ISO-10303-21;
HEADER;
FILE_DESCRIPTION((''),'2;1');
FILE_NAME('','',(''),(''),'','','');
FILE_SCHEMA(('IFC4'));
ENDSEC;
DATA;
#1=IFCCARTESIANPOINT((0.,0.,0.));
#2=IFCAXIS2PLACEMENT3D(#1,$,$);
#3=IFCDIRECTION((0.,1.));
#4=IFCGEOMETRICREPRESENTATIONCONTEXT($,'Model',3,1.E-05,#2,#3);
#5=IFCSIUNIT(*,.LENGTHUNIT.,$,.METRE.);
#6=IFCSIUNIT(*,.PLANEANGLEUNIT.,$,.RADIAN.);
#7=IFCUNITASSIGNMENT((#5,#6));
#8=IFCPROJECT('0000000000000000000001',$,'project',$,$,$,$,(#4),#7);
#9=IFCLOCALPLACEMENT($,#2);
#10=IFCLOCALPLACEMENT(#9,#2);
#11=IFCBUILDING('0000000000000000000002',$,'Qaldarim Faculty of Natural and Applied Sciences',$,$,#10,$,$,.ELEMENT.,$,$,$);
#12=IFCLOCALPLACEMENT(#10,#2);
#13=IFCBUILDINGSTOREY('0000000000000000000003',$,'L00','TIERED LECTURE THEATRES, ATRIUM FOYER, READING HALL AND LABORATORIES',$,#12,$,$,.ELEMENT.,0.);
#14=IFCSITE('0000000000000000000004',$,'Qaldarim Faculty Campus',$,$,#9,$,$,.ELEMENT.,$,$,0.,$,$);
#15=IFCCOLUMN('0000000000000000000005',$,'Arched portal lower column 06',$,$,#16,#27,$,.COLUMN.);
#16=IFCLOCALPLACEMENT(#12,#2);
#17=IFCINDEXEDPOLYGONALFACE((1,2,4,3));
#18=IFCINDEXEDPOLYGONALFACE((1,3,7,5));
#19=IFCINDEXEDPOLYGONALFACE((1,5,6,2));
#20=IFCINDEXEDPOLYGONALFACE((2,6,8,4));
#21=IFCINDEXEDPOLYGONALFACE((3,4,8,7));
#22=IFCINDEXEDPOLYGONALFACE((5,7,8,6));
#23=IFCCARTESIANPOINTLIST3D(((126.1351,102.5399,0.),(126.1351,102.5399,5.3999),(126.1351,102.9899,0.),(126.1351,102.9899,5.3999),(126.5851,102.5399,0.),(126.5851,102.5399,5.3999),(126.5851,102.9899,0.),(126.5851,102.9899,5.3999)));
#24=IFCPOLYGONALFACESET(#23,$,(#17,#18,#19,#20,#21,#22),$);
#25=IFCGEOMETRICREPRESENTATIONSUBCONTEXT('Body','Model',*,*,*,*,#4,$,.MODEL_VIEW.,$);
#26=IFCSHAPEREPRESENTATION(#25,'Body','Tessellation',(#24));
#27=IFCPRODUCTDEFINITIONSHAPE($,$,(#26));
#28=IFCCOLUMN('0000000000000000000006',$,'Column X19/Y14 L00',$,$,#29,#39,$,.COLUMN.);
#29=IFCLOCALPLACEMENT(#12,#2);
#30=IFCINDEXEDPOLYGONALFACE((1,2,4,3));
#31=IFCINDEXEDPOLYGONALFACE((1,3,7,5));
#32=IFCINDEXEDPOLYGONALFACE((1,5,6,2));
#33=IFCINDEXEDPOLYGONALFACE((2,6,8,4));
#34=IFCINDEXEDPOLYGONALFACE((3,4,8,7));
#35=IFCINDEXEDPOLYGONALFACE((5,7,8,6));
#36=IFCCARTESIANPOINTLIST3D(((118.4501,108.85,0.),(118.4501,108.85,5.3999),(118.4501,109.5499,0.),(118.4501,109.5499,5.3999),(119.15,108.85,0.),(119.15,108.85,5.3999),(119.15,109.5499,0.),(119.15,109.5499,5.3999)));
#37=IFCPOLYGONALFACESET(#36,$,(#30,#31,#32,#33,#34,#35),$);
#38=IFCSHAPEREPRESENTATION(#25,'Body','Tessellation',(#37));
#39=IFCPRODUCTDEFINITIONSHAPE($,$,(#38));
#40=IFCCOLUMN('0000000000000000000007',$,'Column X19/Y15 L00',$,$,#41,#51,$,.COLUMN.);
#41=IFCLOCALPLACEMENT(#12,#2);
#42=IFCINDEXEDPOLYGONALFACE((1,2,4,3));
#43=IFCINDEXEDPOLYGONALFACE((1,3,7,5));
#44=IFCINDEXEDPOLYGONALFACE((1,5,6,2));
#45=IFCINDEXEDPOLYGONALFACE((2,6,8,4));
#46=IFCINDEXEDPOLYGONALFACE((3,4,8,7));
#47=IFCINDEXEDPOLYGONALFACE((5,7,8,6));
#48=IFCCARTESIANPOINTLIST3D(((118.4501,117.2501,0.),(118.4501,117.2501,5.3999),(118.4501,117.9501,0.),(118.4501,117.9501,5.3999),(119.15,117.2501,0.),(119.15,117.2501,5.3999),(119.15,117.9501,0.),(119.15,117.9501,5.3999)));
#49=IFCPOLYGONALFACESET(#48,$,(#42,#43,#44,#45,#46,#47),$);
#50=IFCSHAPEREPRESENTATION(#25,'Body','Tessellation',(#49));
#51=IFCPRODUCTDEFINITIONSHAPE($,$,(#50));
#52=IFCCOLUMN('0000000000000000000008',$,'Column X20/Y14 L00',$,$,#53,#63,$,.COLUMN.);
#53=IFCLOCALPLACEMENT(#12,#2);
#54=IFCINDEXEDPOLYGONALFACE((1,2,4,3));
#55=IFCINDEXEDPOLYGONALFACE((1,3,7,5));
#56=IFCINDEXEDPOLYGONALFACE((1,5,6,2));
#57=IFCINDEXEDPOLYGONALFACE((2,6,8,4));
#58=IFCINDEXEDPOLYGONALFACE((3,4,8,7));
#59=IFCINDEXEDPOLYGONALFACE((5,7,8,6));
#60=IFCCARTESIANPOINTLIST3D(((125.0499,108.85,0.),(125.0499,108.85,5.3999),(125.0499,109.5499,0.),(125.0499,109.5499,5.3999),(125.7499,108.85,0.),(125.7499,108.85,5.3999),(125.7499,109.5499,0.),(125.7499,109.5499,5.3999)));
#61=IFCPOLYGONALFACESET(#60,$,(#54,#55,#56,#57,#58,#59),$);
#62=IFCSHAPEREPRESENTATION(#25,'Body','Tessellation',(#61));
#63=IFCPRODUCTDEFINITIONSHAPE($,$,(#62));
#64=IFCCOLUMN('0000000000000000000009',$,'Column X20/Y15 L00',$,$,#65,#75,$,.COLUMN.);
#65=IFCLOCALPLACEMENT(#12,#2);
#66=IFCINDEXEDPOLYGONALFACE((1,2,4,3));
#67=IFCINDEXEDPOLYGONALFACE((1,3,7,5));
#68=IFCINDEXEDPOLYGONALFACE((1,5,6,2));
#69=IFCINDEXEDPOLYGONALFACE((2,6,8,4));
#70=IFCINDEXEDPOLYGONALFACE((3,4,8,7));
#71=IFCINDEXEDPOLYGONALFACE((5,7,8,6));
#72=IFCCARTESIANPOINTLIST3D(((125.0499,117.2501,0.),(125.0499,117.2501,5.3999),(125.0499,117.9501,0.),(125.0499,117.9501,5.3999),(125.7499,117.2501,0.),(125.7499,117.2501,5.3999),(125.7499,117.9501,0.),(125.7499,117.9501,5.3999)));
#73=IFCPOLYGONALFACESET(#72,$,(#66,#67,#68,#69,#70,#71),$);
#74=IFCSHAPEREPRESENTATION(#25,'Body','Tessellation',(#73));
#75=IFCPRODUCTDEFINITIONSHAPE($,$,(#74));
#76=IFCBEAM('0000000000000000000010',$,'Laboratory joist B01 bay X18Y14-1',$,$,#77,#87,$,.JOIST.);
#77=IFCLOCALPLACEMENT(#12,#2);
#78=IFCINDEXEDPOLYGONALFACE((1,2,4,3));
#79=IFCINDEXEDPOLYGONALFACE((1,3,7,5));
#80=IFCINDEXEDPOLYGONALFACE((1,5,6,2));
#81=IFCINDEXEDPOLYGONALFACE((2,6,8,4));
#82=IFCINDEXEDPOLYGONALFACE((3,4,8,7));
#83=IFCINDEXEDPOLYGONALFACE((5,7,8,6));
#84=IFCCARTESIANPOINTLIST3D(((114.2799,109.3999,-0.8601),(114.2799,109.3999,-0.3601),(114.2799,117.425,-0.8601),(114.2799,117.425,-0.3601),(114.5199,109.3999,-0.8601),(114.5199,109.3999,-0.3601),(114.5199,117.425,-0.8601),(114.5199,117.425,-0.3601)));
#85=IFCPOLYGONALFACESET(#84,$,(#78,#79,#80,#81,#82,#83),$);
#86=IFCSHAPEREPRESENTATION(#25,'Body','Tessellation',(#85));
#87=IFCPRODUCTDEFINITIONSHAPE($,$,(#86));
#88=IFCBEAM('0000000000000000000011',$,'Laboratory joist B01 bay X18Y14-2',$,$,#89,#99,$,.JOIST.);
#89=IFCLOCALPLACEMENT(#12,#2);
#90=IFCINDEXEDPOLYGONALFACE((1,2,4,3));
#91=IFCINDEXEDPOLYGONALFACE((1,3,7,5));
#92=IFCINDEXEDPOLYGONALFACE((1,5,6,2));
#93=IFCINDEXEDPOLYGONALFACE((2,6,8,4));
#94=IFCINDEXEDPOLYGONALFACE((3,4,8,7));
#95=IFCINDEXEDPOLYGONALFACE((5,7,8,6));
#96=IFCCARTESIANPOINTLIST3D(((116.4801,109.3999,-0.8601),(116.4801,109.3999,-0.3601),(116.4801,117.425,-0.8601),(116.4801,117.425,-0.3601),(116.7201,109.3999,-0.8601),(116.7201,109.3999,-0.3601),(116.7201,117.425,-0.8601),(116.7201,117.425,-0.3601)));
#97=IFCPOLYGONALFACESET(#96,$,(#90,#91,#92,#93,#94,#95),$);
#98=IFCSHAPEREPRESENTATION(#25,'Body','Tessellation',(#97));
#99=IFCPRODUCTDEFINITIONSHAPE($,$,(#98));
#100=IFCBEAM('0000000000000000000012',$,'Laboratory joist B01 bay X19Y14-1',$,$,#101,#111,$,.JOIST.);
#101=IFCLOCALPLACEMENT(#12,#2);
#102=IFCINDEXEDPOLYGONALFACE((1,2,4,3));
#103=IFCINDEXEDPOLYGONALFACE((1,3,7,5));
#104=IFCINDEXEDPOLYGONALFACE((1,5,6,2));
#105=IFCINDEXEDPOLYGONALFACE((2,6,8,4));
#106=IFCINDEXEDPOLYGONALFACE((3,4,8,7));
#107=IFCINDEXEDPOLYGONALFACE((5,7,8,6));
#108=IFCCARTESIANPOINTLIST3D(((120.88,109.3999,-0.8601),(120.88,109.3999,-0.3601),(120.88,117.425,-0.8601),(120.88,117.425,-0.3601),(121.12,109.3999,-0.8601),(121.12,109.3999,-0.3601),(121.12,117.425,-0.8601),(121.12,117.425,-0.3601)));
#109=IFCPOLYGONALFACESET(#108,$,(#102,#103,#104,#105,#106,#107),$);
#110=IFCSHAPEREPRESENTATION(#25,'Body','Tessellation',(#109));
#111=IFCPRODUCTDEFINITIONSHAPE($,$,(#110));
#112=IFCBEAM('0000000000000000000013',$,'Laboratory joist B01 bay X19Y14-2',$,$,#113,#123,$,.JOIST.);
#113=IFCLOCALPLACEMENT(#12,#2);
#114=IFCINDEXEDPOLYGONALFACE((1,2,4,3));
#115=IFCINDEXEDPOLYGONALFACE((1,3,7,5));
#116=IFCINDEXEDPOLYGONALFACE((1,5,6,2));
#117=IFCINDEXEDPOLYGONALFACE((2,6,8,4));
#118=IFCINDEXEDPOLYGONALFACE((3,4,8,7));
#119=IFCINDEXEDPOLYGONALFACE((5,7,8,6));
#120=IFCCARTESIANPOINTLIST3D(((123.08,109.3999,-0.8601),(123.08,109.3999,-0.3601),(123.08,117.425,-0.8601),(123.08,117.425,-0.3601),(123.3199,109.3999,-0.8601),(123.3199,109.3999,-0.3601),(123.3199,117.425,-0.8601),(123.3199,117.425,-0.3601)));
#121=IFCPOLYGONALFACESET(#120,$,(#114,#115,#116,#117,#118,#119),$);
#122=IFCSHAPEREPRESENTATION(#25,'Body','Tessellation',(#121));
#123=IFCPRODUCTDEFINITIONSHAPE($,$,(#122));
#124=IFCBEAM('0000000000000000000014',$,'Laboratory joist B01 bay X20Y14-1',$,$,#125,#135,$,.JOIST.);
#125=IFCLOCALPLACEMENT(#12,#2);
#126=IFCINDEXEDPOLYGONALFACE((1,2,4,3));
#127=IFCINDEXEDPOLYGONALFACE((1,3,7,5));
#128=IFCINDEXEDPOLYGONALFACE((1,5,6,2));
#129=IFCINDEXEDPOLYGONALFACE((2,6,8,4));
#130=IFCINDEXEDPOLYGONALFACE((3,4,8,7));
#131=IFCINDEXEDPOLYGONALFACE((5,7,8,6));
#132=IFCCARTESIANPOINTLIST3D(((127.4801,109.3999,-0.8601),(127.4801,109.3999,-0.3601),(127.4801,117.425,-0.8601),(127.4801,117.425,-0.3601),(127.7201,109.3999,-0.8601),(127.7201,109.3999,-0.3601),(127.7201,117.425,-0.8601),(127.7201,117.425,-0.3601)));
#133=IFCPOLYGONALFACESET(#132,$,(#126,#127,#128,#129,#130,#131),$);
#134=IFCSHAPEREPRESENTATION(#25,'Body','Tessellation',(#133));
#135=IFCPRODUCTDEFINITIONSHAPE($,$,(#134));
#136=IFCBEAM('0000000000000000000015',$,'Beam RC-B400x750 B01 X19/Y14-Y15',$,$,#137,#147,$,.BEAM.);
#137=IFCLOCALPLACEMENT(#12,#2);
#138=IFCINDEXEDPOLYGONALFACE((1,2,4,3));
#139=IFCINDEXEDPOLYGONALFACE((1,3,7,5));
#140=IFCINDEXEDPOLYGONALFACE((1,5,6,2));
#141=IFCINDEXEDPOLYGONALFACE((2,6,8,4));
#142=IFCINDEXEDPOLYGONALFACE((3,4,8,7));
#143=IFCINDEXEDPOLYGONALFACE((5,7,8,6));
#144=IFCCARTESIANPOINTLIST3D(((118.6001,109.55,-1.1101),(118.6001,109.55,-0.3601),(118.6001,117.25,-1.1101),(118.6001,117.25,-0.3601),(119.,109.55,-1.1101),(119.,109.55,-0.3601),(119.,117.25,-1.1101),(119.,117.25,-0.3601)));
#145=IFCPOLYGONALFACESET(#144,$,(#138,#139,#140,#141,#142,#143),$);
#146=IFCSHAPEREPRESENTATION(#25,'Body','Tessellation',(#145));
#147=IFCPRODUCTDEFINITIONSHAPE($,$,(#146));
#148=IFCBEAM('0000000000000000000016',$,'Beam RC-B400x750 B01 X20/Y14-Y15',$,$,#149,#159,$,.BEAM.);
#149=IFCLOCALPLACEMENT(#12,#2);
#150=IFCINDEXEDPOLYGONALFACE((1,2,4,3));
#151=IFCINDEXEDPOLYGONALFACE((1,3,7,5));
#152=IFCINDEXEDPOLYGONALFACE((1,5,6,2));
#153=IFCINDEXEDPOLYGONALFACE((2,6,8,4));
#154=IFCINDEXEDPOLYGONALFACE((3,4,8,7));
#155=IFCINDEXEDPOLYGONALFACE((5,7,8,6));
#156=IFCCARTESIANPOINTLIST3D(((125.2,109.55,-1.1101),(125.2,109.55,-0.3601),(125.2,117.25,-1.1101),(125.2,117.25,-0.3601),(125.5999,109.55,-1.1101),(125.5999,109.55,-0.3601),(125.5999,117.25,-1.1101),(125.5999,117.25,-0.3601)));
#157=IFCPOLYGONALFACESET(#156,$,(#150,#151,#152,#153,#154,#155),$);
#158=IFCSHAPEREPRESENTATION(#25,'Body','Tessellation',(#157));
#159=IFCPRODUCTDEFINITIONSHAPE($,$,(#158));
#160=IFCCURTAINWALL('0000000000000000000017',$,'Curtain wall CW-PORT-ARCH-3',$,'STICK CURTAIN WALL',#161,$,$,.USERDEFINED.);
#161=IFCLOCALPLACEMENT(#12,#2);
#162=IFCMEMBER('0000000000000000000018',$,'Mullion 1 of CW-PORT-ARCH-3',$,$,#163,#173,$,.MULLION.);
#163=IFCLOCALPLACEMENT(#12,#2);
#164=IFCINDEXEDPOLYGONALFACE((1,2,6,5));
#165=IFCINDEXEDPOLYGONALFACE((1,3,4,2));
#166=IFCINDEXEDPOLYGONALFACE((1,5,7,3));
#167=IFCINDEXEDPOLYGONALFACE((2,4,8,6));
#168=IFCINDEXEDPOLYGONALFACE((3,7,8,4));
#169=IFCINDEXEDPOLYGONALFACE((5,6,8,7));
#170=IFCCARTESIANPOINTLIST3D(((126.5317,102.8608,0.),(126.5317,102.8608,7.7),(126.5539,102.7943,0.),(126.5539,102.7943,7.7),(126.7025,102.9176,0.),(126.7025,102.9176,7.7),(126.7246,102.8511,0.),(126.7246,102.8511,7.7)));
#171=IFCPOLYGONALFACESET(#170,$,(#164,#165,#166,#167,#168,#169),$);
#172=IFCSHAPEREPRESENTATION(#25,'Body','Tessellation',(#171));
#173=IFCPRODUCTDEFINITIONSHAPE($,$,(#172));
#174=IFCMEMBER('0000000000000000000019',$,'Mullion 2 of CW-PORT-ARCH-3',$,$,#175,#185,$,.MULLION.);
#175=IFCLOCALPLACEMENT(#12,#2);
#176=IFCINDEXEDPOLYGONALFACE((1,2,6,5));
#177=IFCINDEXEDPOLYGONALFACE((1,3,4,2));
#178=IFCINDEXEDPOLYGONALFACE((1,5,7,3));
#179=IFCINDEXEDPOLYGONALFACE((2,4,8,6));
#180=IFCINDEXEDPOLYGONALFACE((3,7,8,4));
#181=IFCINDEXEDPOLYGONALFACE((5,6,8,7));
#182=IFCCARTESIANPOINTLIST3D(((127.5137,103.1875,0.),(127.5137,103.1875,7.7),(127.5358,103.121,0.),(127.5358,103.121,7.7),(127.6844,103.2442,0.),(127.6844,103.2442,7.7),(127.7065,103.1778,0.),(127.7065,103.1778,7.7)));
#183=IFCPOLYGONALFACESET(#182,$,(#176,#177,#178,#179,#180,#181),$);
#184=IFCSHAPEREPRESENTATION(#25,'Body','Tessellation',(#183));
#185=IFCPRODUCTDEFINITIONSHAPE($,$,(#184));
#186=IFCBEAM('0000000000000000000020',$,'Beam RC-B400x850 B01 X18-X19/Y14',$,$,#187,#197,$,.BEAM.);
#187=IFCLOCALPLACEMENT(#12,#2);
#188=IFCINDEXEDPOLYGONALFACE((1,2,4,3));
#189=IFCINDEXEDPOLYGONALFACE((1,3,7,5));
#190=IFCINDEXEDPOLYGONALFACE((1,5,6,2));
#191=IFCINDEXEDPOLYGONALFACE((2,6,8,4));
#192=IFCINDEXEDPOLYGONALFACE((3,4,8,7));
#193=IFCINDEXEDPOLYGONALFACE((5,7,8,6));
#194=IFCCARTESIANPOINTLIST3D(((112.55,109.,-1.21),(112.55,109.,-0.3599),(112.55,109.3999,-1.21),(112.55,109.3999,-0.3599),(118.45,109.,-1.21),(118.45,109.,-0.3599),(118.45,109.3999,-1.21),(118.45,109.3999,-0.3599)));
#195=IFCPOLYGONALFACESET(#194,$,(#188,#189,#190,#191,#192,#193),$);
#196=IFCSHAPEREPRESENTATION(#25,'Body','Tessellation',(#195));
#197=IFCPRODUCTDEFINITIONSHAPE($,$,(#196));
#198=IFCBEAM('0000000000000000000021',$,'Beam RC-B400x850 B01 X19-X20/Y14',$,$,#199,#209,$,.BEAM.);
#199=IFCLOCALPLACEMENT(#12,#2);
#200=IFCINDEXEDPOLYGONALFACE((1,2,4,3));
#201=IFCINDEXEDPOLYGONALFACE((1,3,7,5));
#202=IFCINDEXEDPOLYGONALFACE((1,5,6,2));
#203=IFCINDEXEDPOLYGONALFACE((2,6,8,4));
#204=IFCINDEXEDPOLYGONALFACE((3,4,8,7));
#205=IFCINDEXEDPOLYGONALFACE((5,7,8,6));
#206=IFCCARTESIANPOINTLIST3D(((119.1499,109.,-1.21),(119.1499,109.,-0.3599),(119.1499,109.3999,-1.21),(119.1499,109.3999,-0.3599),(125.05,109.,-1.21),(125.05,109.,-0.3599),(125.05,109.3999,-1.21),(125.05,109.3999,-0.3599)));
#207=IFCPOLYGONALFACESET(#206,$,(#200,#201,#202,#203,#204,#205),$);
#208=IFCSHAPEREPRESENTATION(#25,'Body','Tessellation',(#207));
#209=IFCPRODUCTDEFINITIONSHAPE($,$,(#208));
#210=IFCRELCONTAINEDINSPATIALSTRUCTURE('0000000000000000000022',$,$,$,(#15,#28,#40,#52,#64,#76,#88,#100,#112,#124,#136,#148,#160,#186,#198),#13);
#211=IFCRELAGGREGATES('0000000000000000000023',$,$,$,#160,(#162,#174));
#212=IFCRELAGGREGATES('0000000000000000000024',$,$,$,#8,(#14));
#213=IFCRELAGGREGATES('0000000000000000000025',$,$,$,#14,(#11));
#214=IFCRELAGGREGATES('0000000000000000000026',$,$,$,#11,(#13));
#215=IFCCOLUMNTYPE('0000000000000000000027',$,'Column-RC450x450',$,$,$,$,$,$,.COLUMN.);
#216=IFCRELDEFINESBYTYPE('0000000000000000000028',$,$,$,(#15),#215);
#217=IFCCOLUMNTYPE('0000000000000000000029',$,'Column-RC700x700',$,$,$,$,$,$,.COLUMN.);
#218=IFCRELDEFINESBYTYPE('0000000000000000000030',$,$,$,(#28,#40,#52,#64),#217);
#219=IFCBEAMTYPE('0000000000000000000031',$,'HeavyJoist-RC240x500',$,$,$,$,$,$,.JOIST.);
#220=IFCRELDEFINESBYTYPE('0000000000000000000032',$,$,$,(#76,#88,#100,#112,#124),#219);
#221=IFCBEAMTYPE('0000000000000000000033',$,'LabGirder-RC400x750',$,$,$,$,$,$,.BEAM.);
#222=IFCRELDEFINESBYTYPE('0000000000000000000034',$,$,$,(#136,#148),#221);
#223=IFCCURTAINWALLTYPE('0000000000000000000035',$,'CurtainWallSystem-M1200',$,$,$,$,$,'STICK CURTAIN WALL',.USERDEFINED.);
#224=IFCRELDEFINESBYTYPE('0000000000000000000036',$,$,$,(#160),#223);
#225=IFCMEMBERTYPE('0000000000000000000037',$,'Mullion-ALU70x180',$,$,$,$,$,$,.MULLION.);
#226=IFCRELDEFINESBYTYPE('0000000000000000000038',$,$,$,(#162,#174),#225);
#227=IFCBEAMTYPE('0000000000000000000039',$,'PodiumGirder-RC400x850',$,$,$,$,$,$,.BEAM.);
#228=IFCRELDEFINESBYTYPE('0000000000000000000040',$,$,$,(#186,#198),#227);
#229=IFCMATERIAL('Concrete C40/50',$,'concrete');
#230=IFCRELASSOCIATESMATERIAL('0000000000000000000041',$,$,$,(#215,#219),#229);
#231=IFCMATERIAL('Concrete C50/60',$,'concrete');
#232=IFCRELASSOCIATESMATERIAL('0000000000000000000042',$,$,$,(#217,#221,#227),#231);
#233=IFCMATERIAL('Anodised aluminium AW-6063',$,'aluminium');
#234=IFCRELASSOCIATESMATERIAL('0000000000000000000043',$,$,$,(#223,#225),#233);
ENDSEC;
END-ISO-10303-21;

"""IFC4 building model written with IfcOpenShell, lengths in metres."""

from ifc_helpers import new_model, si_unit, direction, frame, origin, origin_2d, place, context, subcontext, project, spatial, rectangle, extrude, material, material_profile, profile_set, type_object, element, aggregate, save


model = new_model("IFC4")

# Units and contexts
model_context = context("Model", 3, precision=1e-05, world=origin(), true_north=direction((0.0, 1.0)))
body_context = subcontext(model_context, "Body", "Model", "MODEL_VIEW")
ifc_project = project(units=[si_unit("LENGTHUNIT", "METRE"), si_unit("PLANEANGLEUNIT", "RADIAN")], contexts=[model_context])

# Site, building, storey
site_placement = place(None, origin())
site = spatial("IfcSite", under=ifc_project, at=site_placement, Name="Qaldarim Faculty Campus", CompositionType="ELEMENT", RefElevation=0.0)
building_placement = place(site_placement, origin())
building = spatial("IfcBuilding", under=site, at=building_placement, Name="Qaldarim Faculty of Natural and Applied Sciences", CompositionType="ELEMENT")
storey_placement = place(building_placement, origin())
storey = spatial("IfcBuildingStorey", under=building, at=storey_placement, Name="L00", Description="TIERED LECTURE THEATRES, ATRIUM FOYER, READING HALL AND LABORATORIES", CompositionType="ELEMENT", Elevation=0.0)

# Columns
ifc_material_1 = material(Name="Concrete C40/50", Category="concrete")
ifc_material_profile_1 = material_profile(ifc_material_1, rectangle(XDim=0.45, YDim=0.45, at=origin_2d()), Name="RC-C450x450")
ifc_profile_set_1 = profile_set([ifc_material_profile_1], Name="Concrete C40/50")
column_type_1 = type_object("IfcColumnType", Name="Column-RC450x450", PredefinedType="COLUMN", material=ifc_profile_set_1)
column_placement = place(storey_placement, frame((126.3601, 102.7649, 0.0), z_axis=(0.0, 0.0, 1.0), x_axis=(1.0, 0.0, 0.0)))
element("IfcColumn", 1, at=column_placement, inside=storey, type_object=column_type_1, Name="Arched portal lower column 06", PredefinedType="COLUMN", context=body_context, shape_type="SweptSolid", body=[
    extrude(rectangle(XDim=0.45, YDim=0.45, at=origin_2d()), origin(), (0.0, 0.0, 1.0), 5.3999),
])
ifc_material_2 = material(Name="Concrete C50/60", Category="concrete")
ifc_material_profile_2 = material_profile(ifc_material_2, rectangle(XDim=0.7, YDim=0.7, at=origin_2d()), Name="RC-C700x700")
ifc_profile_set_2 = profile_set([ifc_material_profile_2], Name="Concrete C50/60")
column_type_2 = type_object("IfcColumnType", Name="Column-RC700x700", PredefinedType="COLUMN", material=ifc_profile_set_2)
for number, where, z_axis, x_axis, name in (
    (2, (118.8, 109.2, 0.0), (0.0, 0.0, 1.0), (1.0, 0.0, 0.0), "Column X19/Y14 L00"),
    (3, (118.8, 117.6001, 0.0), (0.0, 0.0, 1.0), (1.0, 0.0, 0.0), "Column X19/Y15 L00"),
    (4, (125.3999, 109.2, 0.0), (0.0, 0.0, 1.0), (1.0, 0.0, 0.0), "Column X20/Y14 L00"),
    (5, (125.3999, 117.6001, 0.0), (0.0, 0.0, 1.0), (1.0, 0.0, 0.0), "Column X20/Y15 L00"),
):
    element("IfcColumn", number, at=place(storey_placement, frame(where, z_axis=z_axis, x_axis=x_axis)), inside=storey, type_object=column_type_2, Name=name, PredefinedType="COLUMN", context=body_context, shape_type="SweptSolid", body=[
        extrude(rectangle(XDim=0.7, YDim=0.7, at=origin_2d()), origin(), (0.0, 0.0, 1.0), 5.3999),
    ])

# Beams
ifc_material_profile_3 = material_profile(ifc_material_1, rectangle(XDim=0.24, YDim=0.5, at=origin_2d()), Name="RC-J240x500")
ifc_profile_set_3 = profile_set([ifc_material_profile_3], Name="Concrete C40/50")
beam_type_1 = type_object("IfcBeamType", Name="HeavyJoist-RC240x500", PredefinedType="JOIST", material=ifc_profile_set_3)
for number, where, z_axis, x_axis, name in (
    (6, (114.3999, 109.3999, -0.6101), (0.0, 1.0, 0.0), (-1.0, 0.0, 0.0), "Laboratory joist B01 bay X18Y14-1"),
    (7, (116.6001, 109.3999, -0.6101), (0.0, 1.0, 0.0), (-1.0, 0.0, 0.0), "Laboratory joist B01 bay X18Y14-2"),
    (8, (121.0, 109.3999, -0.6101), (0.0, 1.0, 0.0), (-1.0, 0.0, 0.0), "Laboratory joist B01 bay X19Y14-1"),
    (9, (123.2, 109.3999, -0.6101), (0.0, 1.0, 0.0), (-1.0, 0.0, 0.0), "Laboratory joist B01 bay X19Y14-2"),
    (10, (127.6001, 109.3999, -0.6101), (0.0, 1.0, 0.0), (-1.0, 0.0, 0.0), "Laboratory joist B01 bay X20Y14-1"),
):
    element("IfcBeam", number, at=place(storey_placement, frame(where, z_axis=z_axis, x_axis=x_axis)), inside=storey, type_object=beam_type_1, Name=name, PredefinedType="JOIST", context=body_context, shape_type="SweptSolid", body=[
        extrude(rectangle(XDim=0.24, YDim=0.5, at=origin_2d()), origin(), (0.0, 0.0, 1.0), 8.0251),
    ])
ifc_material_profile_4 = material_profile(ifc_material_2, rectangle(XDim=0.3999, YDim=0.75, at=origin_2d()), Name="RC-B400x750")
ifc_profile_set_4 = profile_set([ifc_material_profile_4], Name="Concrete C50/60")
beam_type_2 = type_object("IfcBeamType", Name="LabGirder-RC400x750", PredefinedType="BEAM", material=ifc_profile_set_4)
for number, where, z_axis, x_axis, name in (
    (11, (118.8, 109.55, -0.7351), (0.0, 1.0, 0.0), (-1.0, 0.0, 0.0), "Beam RC-B400x750 B01 X19/Y14-Y15"),
    (12, (125.3999, 109.55, -0.7351), (0.0, 1.0, 0.0), (-1.0, 0.0, 0.0), "Beam RC-B400x750 B01 X20/Y14-Y15"),
):
    element("IfcBeam", number, at=place(storey_placement, frame(where, z_axis=z_axis, x_axis=x_axis)), inside=storey, type_object=beam_type_2, Name=name, PredefinedType="BEAM", context=body_context, shape_type="SweptSolid", body=[
        extrude(rectangle(XDim=0.3999, YDim=0.75, at=origin_2d()), origin(), (0.0, 0.0, 1.0), 7.7),
    ])

# Curtain wall, members
ifc_material_3 = material(Name="Anodised aluminium AW-6063", Category="aluminium")
curtain_wall_type = type_object("IfcCurtainWallType", Name="CurtainWallSystem-M1200", ElementType="STICK CURTAIN WALL", PredefinedType="USERDEFINED", material=ifc_material_3)
curtain_wall_placement = place(storey_placement, origin())
curtain_wall = element("IfcCurtainWall", 13, at=curtain_wall_placement, inside=storey, type_object=curtain_wall_type, Name="Curtain wall CW-PORT-ARCH-3", ObjectType="STICK CURTAIN WALL", PredefinedType="USERDEFINED")
ifc_material_profile_5 = material_profile(ifc_material_3, rectangle(XDim=0.0701, YDim=0.1799, at=origin_2d()), Name="ALU-M70x180")
ifc_profile_set_5 = profile_set([ifc_material_profile_5], Name="Anodised aluminium AW-6063")
member_type_1 = type_object("IfcMemberType", Name="Mullion-ALU70x180", PredefinedType="MULLION", material=ifc_profile_set_5)
member_1_placement = place(storey_placement, frame((126.6282, 102.856, 0.0), z_axis=(0.0, 0.0, 1.0), x_axis=(-0.315533, 0.948915, 0.0)))
member_1 = element("IfcMember", 14, at=member_1_placement, type_object=member_type_1, Name="Mullion 1 of CW-PORT-ARCH-3", PredefinedType="MULLION", context=body_context, shape_type="SweptSolid", body=[
    extrude(rectangle(XDim=0.0701, YDim=0.1799, at=origin_2d()), origin(), (0.0, 0.0, 1.0), 7.7),
])
member_2_placement = place(storey_placement, frame((127.6101, 103.1826, 0.0), z_axis=(0.0, 0.0, 1.0), x_axis=(-0.315533, 0.948915, 0.0)))
member_2 = element("IfcMember", 15, at=member_2_placement, type_object=member_type_1, Name="Mullion 2 of CW-PORT-ARCH-3", PredefinedType="MULLION", context=body_context, shape_type="SweptSolid", body=[
    extrude(rectangle(XDim=0.0701, YDim=0.1799, at=origin_2d()), origin(), (0.0, 0.0, 1.0), 7.7),
])

# Beams
ifc_material_profile_6 = material_profile(ifc_material_2, rectangle(XDim=0.3999, YDim=0.8501, at=origin_2d()), Name="RC-B400x850")
ifc_profile_set_6 = profile_set([ifc_material_profile_6], Name="Concrete C50/60")
beam_type_3 = type_object("IfcBeamType", Name="PodiumGirder-RC400x850", PredefinedType="BEAM", material=ifc_profile_set_6)
beam_1_placement = place(storey_placement, frame((112.55, 109.2, -0.7849), z_axis=(1.0, 0.0, 0.0), x_axis=(0.0, 1.0, 0.0)))
element("IfcBeam", 16, at=beam_1_placement, inside=storey, type_object=beam_type_3, Name="Beam RC-B400x850 B01 X18-X19/Y14", PredefinedType="BEAM", context=body_context, shape_type="SweptSolid", body=[
    extrude(rectangle(XDim=0.3999, YDim=0.8501, at=origin_2d()), origin(), (0.0, 0.0, 1.0), 5.8999),
])
beam_2_placement = place(storey_placement, frame((119.1499, 109.2, -0.7849), z_axis=(1.0, 0.0, 0.0), x_axis=(0.0, 1.0, 0.0)))
element("IfcBeam", 17, at=beam_2_placement, inside=storey, type_object=beam_type_3, Name="Beam RC-B400x850 B01 X19-X20/Y14", PredefinedType="BEAM", context=body_context, shape_type="SweptSolid", body=[
    extrude(rectangle(XDim=0.3999, YDim=0.8501, at=origin_2d()), origin(), (0.0, 0.0, 1.0), 5.9001),
])

aggregate(curtain_wall, [member_1, member_2])

save(model, "model.ifc")
